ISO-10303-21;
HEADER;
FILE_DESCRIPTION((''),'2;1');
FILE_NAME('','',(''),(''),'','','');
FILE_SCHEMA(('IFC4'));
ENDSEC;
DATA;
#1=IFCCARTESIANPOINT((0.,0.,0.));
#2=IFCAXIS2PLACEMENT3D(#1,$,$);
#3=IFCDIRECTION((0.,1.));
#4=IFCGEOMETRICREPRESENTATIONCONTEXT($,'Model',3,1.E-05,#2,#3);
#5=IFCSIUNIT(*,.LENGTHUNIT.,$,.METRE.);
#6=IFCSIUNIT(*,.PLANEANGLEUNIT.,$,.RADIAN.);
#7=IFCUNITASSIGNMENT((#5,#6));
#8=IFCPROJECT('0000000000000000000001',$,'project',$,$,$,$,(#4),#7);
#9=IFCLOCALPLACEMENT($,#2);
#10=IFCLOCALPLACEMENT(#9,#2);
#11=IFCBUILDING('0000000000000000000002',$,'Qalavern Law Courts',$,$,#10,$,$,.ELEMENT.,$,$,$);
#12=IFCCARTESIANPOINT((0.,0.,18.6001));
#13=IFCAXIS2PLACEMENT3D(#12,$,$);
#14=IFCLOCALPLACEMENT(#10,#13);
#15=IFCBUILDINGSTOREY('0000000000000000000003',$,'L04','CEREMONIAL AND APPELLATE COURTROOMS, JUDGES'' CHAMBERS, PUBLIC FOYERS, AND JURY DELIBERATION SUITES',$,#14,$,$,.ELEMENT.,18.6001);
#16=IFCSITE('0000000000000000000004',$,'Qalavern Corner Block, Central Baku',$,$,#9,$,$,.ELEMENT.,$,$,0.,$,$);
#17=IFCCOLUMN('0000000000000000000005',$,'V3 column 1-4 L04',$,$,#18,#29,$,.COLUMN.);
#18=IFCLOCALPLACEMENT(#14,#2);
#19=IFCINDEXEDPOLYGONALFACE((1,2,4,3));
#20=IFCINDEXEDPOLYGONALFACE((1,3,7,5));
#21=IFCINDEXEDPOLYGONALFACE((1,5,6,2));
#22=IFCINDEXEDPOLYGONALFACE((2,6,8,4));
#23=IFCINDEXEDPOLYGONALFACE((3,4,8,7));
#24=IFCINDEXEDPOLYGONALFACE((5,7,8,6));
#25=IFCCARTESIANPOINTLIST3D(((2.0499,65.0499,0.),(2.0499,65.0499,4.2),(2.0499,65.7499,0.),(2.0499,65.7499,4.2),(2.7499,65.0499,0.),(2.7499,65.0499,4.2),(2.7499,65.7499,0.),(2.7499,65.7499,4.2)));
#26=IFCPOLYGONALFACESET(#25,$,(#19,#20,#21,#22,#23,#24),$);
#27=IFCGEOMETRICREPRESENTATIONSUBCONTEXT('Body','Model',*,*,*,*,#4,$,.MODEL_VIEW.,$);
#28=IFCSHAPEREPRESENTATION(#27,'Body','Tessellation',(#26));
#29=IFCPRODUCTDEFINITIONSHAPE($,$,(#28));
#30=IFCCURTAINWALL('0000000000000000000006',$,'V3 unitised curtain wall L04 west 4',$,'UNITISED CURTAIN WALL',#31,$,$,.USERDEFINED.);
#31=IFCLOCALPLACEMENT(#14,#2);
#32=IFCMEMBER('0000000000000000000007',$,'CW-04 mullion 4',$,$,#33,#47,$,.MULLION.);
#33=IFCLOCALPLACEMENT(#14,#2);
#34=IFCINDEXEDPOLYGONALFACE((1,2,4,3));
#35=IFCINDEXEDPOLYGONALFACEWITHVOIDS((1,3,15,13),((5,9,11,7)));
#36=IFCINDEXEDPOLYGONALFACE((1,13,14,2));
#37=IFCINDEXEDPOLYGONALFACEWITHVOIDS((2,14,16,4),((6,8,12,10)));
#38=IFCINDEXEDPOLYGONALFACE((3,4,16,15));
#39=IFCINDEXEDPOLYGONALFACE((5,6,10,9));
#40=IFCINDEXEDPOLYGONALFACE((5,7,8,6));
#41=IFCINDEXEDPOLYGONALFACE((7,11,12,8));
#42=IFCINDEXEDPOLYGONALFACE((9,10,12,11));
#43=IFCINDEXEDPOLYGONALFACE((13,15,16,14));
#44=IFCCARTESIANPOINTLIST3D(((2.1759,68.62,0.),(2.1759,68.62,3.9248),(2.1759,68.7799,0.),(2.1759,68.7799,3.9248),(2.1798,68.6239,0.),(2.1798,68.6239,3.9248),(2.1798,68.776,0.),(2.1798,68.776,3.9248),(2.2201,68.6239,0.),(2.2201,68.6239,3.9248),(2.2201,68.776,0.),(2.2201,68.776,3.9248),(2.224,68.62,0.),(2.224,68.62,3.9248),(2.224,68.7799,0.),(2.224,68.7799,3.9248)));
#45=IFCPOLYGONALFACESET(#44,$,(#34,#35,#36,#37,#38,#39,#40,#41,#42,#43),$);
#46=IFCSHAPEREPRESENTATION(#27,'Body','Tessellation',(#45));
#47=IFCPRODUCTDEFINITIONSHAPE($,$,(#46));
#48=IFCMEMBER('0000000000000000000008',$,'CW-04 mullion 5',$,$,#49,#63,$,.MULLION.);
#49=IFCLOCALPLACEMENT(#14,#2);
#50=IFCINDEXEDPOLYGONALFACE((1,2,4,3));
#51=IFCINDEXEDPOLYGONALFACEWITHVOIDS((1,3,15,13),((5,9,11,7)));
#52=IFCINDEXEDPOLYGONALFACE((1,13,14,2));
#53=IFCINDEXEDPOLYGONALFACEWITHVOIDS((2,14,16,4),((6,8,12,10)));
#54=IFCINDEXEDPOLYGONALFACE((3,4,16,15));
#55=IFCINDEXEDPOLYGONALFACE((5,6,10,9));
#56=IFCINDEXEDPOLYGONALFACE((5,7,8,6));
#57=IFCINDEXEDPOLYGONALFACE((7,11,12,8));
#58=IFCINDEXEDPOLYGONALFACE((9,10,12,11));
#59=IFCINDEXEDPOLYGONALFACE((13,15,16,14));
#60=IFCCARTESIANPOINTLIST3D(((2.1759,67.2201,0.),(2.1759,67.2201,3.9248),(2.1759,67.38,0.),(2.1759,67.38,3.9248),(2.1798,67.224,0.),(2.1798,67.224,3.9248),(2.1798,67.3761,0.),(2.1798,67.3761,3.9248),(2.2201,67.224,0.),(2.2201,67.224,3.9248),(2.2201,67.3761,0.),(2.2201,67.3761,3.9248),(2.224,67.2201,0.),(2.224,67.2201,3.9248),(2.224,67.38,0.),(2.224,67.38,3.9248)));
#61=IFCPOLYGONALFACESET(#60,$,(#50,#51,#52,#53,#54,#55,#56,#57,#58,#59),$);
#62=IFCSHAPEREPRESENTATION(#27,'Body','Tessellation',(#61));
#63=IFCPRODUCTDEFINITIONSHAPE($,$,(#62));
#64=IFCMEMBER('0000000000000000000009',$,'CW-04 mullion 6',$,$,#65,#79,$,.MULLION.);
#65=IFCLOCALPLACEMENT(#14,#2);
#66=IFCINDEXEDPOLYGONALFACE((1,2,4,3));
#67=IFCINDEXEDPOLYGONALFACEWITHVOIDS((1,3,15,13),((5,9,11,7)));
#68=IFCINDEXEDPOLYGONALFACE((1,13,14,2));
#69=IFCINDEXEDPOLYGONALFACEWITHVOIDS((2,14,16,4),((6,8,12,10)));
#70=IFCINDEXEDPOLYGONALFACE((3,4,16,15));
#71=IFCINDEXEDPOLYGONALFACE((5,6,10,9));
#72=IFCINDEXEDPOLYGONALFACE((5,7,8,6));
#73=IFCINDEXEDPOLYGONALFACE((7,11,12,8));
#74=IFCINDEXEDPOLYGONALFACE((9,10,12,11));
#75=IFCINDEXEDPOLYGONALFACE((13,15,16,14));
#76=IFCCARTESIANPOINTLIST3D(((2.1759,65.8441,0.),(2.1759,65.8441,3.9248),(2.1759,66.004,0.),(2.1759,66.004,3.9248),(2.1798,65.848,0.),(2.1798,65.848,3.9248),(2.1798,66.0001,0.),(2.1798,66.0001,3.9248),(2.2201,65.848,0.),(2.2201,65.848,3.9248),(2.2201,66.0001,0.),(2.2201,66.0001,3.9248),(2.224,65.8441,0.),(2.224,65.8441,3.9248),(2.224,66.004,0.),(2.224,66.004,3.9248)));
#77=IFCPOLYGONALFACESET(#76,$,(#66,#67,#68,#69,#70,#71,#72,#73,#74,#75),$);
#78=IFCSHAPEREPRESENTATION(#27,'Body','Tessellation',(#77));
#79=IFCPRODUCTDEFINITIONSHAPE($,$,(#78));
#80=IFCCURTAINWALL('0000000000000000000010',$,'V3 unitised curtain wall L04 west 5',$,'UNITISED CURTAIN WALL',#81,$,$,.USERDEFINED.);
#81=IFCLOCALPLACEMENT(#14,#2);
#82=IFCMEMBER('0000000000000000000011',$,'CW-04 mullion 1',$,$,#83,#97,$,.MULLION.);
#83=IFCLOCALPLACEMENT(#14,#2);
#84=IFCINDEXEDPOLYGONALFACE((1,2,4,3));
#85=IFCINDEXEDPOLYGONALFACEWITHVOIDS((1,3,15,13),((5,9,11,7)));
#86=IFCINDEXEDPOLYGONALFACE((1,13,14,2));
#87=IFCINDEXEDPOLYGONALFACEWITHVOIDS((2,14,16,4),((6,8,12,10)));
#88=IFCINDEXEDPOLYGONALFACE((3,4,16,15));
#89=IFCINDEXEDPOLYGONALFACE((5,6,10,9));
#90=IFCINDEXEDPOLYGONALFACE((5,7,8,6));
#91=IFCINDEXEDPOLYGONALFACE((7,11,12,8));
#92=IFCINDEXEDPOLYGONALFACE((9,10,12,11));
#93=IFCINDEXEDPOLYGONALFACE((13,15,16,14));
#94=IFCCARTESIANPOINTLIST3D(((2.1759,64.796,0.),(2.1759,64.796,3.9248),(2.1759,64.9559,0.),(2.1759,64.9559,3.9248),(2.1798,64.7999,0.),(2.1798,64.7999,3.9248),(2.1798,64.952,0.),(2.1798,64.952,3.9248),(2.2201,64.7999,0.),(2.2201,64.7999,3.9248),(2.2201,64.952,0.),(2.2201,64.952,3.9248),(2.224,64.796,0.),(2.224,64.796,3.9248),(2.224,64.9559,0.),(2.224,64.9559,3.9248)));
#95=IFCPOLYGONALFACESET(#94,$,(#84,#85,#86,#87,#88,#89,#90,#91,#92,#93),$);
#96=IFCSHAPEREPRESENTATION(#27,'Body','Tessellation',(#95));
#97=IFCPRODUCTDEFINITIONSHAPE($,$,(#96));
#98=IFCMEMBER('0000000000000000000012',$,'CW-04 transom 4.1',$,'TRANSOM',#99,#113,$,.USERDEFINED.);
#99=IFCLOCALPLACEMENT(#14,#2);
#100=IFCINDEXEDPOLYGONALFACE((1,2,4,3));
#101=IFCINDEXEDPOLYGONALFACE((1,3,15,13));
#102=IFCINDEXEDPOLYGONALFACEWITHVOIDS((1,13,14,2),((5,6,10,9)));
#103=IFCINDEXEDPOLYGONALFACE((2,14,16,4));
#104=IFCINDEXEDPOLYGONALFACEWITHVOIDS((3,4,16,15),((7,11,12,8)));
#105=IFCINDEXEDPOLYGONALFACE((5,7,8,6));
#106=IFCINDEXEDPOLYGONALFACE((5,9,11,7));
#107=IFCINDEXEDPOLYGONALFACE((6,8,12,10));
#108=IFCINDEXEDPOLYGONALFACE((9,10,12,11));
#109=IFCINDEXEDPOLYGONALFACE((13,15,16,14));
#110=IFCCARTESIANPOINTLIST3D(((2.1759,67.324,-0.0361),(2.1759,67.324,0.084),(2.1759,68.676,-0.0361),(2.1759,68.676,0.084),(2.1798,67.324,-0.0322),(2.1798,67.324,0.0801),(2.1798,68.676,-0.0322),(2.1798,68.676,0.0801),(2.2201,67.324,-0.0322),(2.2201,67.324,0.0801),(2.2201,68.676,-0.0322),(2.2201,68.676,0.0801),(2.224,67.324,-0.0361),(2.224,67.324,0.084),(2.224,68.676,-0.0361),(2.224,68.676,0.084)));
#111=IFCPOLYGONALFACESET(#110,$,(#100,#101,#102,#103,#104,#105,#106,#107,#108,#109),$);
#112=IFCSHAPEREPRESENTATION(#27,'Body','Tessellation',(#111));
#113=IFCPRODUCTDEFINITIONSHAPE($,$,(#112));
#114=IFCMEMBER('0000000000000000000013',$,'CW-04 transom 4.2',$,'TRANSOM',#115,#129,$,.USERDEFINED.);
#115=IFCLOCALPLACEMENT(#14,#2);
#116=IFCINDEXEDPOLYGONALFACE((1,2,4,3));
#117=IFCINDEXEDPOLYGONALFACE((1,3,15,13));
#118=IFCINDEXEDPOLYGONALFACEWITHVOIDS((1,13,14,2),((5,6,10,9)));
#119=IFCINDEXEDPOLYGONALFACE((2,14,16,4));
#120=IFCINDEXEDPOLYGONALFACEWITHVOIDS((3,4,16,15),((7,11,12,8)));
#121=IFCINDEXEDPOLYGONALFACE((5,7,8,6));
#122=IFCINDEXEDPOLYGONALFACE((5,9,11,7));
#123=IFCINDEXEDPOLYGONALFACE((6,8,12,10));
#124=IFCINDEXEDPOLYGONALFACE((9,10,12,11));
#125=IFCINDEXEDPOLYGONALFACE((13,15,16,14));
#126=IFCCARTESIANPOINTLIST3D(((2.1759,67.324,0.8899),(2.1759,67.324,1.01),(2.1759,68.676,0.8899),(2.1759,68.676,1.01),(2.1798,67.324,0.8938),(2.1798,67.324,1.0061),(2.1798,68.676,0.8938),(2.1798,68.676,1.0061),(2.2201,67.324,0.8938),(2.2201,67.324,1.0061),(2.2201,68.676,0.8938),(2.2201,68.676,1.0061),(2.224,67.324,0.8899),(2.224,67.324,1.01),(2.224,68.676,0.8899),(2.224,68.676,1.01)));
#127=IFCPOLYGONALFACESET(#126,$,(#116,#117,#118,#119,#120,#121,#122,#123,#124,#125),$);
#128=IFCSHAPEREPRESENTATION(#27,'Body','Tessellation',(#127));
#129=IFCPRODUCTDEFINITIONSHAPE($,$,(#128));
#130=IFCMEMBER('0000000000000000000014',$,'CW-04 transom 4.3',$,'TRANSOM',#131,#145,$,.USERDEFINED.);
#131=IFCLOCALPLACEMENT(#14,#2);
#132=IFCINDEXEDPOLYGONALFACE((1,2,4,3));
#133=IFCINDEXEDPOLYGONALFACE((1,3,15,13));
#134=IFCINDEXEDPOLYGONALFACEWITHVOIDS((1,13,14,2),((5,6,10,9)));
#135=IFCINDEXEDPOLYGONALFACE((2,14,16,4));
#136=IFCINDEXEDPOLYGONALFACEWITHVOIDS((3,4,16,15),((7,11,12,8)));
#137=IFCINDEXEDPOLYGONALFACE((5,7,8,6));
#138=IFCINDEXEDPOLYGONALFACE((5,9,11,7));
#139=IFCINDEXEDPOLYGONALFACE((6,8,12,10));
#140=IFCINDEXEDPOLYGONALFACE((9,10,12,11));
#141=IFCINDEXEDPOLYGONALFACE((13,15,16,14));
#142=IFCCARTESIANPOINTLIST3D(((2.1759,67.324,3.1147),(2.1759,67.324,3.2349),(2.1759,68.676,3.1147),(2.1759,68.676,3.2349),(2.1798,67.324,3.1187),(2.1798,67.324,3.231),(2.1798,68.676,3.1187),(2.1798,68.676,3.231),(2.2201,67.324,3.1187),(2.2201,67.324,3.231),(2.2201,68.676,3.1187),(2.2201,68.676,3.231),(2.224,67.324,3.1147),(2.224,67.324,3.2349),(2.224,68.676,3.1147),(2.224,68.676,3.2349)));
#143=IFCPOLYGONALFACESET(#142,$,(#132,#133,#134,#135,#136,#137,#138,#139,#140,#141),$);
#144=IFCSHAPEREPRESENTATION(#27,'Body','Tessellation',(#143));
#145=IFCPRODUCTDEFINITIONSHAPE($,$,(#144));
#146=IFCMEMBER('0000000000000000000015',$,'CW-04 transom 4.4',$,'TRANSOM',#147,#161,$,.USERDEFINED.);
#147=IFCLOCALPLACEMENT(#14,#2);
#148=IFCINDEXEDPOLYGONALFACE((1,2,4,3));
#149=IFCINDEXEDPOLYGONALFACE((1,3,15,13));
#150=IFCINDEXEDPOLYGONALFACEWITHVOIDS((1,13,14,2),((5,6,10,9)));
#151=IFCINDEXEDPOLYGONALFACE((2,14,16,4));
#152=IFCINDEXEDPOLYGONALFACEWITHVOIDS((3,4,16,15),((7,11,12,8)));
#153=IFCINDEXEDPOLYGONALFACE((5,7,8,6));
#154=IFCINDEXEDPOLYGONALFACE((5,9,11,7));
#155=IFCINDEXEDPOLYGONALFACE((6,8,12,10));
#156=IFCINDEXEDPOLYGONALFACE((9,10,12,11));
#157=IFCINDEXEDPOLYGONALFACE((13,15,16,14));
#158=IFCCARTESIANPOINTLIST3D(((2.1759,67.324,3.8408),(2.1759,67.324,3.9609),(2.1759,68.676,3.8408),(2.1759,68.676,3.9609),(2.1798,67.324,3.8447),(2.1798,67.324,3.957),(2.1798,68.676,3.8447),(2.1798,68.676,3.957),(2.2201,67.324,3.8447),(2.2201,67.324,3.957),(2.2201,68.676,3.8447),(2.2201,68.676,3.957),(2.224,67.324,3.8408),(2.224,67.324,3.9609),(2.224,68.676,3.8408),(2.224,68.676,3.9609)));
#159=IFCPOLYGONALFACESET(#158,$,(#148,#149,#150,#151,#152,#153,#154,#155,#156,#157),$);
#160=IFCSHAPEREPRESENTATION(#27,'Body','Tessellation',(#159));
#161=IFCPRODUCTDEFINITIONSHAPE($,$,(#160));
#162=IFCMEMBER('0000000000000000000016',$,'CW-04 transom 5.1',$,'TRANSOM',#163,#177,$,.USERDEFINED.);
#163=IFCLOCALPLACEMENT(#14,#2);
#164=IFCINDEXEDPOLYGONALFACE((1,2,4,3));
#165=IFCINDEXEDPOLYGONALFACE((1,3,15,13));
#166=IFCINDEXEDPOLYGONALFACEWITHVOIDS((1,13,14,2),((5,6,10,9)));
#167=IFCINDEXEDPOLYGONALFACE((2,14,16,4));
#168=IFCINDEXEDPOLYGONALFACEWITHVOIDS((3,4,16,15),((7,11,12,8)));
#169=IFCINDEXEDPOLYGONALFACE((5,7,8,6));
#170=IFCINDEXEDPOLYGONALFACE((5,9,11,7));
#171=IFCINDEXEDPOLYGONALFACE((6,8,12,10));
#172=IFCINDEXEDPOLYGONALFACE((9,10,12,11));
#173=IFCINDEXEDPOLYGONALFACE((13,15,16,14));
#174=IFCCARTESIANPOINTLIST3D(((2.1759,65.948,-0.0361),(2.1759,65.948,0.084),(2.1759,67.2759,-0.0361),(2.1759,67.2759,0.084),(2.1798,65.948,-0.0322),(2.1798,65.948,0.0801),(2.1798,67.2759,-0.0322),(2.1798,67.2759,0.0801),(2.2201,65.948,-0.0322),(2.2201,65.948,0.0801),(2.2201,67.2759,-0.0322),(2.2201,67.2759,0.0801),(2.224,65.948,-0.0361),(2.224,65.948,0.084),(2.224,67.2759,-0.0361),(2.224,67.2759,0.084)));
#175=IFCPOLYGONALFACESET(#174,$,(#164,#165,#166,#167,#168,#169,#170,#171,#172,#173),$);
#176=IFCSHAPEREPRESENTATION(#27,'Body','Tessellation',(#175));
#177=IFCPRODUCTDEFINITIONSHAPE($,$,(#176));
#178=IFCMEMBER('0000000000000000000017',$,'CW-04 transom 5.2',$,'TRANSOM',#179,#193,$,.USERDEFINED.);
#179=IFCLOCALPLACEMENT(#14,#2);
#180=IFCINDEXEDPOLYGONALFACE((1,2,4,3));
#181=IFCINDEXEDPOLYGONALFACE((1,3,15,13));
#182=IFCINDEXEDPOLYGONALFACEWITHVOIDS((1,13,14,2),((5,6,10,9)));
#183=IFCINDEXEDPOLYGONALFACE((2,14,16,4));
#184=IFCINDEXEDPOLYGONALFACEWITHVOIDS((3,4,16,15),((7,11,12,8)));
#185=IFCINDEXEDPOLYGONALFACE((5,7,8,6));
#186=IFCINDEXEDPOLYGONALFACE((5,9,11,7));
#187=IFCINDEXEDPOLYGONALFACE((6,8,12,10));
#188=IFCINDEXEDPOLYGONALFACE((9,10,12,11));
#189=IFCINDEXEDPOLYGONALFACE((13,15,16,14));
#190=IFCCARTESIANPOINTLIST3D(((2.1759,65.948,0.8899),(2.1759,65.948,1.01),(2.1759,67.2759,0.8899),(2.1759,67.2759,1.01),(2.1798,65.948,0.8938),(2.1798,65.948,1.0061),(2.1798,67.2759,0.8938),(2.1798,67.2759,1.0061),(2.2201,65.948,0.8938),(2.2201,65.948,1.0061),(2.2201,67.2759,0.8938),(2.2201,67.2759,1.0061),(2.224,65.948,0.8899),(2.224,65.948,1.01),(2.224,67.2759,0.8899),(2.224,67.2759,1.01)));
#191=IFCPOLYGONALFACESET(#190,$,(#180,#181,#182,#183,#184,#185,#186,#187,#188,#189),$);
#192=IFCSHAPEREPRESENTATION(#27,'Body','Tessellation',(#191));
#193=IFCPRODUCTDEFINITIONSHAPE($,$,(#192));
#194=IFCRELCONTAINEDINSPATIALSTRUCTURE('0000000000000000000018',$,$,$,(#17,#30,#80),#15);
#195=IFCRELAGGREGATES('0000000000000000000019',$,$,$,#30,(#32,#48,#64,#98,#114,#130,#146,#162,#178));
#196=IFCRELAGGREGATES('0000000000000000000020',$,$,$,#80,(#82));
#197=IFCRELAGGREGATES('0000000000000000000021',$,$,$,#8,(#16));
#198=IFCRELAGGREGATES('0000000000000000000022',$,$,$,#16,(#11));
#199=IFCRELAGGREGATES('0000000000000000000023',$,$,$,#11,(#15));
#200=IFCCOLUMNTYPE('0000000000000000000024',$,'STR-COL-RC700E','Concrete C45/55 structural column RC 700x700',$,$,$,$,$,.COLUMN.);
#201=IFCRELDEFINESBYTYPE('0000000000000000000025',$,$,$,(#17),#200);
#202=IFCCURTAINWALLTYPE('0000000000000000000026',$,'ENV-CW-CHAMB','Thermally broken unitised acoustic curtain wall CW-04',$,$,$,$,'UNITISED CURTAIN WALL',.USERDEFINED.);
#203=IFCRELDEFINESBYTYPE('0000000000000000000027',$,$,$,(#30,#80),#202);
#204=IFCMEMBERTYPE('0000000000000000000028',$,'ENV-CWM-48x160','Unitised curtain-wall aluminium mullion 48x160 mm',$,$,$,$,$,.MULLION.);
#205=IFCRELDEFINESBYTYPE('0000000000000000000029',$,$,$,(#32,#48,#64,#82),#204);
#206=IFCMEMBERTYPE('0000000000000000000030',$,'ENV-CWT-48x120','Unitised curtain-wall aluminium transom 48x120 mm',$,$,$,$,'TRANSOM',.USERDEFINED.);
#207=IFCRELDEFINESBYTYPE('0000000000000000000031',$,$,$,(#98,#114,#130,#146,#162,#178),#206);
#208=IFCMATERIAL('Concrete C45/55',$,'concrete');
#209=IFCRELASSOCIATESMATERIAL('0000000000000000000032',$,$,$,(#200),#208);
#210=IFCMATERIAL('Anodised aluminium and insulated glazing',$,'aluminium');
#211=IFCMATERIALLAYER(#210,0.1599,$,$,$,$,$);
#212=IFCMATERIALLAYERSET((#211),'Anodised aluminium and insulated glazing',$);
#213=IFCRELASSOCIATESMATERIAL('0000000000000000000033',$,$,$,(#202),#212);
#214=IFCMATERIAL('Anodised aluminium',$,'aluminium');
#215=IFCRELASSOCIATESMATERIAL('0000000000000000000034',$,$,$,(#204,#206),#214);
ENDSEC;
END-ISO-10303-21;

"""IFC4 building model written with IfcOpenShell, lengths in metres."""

from ifc_helpers import new_model, si_unit, direction, frame, origin, origin_2d, place, context, subcontext, project, spatial, rectangle, hollow_rectangle, extrude, material, layer, layer_set, material_profile, profile_set, type_object, element, aggregate, save


model = new_model("IFC4")

# Units and contexts
model_context = context("Model", 3, precision=1e-05, world=origin(), true_north=direction((0.0, 1.0)))
body_context = subcontext(model_context, "Body", "Model", "MODEL_VIEW")
ifc_project = project(units=[si_unit("LENGTHUNIT", "METRE"), si_unit("PLANEANGLEUNIT", "RADIAN")], contexts=[model_context])

# Site, building, storey
site_placement = place(None, origin())
site = spatial("IfcSite", under=ifc_project, at=site_placement, Name="Qalavern Corner Block, Central Baku", CompositionType="ELEMENT", RefElevation=0.0)
building_placement = place(site_placement, origin())
building = spatial("IfcBuilding", under=site, at=building_placement, Name="Qalavern Law Courts", CompositionType="ELEMENT")
storey_placement = place(building_placement, frame((0.0, 0.0, 18.6001)))
storey = spatial("IfcBuildingStorey", under=building, at=storey_placement, Name="L04", Description="CEREMONIAL AND APPELLATE COURTROOMS, JUDGES' CHAMBERS, PUBLIC FOYERS, AND JURY DELIBERATION SUITES", CompositionType="ELEMENT", Elevation=18.6001)

# Column
ifc_material_1 = material(Name="Concrete C45/55", Category="concrete")
ifc_material_profile_1 = material_profile(ifc_material_1, rectangle(XDim=0.7, YDim=0.7, at=origin_2d()), Name="RC 700x700")
ifc_profile_set_1 = profile_set([ifc_material_profile_1], Name="Concrete C45/55")
column_type = type_object("IfcColumnType", Name="STR-COL-RC700E", Description="Concrete C45/55 structural column RC 700x700", PredefinedType="COLUMN", material=ifc_profile_set_1)
column_placement = place(storey_placement, frame((2.3999, 65.3999, 0.0), z_axis=(0.0, 0.0, 1.0), x_axis=(1.0, 0.0, 0.0)))
element("IfcColumn", 1, at=column_placement, inside=storey, type_object=column_type, Name="V3 column 1-4 L04", PredefinedType="COLUMN", context=body_context, shape_type="SweptSolid", body=[
    extrude(rectangle(XDim=0.7, YDim=0.7, at=origin_2d()), origin(), (0.0, 0.0, 1.0), 4.2),
])

# Curtain wall, members
ifc_material_2 = material(Name="Anodised aluminium and insulated glazing", Category="aluminium")
ifc_layer_1 = layer(ifc_material_2, 0.1599)
ifc_layer_set_1 = layer_set([ifc_layer_1], Name="Anodised aluminium and insulated glazing")
curtain_wall_type = type_object("IfcCurtainWallType", Name="ENV-CW-CHAMB", Description="Thermally broken unitised acoustic curtain wall CW-04", ElementType="UNITISED CURTAIN WALL", PredefinedType="USERDEFINED", material=ifc_layer_set_1)
curtain_wall_1_placement = place(storey_placement, origin())
curtain_wall_1 = element("IfcCurtainWall", 2, at=curtain_wall_1_placement, inside=storey, type_object=curtain_wall_type, Name="V3 unitised curtain wall L04 west 4", ObjectType="UNITISED CURTAIN WALL", PredefinedType="USERDEFINED")
ifc_material_3 = material(Name="Anodised aluminium", Category="aluminium")
ifc_material_profile_2 = material_profile(ifc_material_3, hollow_rectangle(XDim=0.0481, YDim=0.1599, WallThickness=0.0039, at=origin_2d()), Name="ALU MULLION 48x160")
ifc_profile_set_2 = profile_set([ifc_material_profile_2], Name="Anodised aluminium")
member_type_1 = type_object("IfcMemberType", Name="ENV-CWM-48x160", Description="Unitised curtain-wall aluminium mullion 48x160 mm", PredefinedType="MULLION", material=ifc_profile_set_2)
member_1_placement = place(storey_placement, frame((2.2, 68.7, 0.0), z_axis=(0.0, 0.0, 1.0), x_axis=(1.0, 0.0, 0.0)))
member_1 = element("IfcMember", 3, at=member_1_placement, type_object=member_type_1, Name="CW-04 mullion 4", PredefinedType="MULLION", context=body_context, shape_type="SweptSolid", body=[
    extrude(hollow_rectangle(XDim=0.0481, YDim=0.1599, WallThickness=0.0039, at=origin_2d()), origin(), (0.0, 0.0, 1.0), 3.9248),
])
member_2_placement = place(storey_placement, frame((2.2, 67.3, 0.0), z_axis=(0.0, 0.0, 1.0), x_axis=(1.0, 0.0, 0.0)))
member_2 = element("IfcMember", 4, at=member_2_placement, type_object=member_type_1, Name="CW-04 mullion 5", PredefinedType="MULLION", context=body_context, shape_type="SweptSolid", body=[
    extrude(hollow_rectangle(XDim=0.0481, YDim=0.1599, WallThickness=0.0039, at=origin_2d()), origin(), (0.0, 0.0, 1.0), 3.9248),
])
member_3_placement = place(storey_placement, frame((2.2, 65.9241, 0.0), z_axis=(0.0, 0.0, 1.0), x_axis=(1.0, 0.0, 0.0)))
member_3 = element("IfcMember", 5, at=member_3_placement, type_object=member_type_1, Name="CW-04 mullion 6", PredefinedType="MULLION", context=body_context, shape_type="SweptSolid", body=[
    extrude(hollow_rectangle(XDim=0.0481, YDim=0.1599, WallThickness=0.0039, at=origin_2d()), origin(), (0.0, 0.0, 1.0), 3.9248),
])

# Curtain wall, member
curtain_wall_2_placement = place(storey_placement, origin())
curtain_wall_2 = element("IfcCurtainWall", 6, at=curtain_wall_2_placement, inside=storey, type_object=curtain_wall_type, Name="V3 unitised curtain wall L04 west 5", ObjectType="UNITISED CURTAIN WALL", PredefinedType="USERDEFINED")
member_4_placement = place(storey_placement, frame((2.2, 64.876, 0.0), z_axis=(0.0, 0.0, 1.0), x_axis=(1.0, 0.0, 0.0)))
member_4 = element("IfcMember", 7, at=member_4_placement, type_object=member_type_1, Name="CW-04 mullion 1", PredefinedType="MULLION", context=body_context, shape_type="SweptSolid", body=[
    extrude(hollow_rectangle(XDim=0.0481, YDim=0.1599, WallThickness=0.0039, at=origin_2d()), origin(), (0.0, 0.0, 1.0), 3.9248),
])

# Members
ifc_material_profile_3 = material_profile(ifc_material_3, hollow_rectangle(XDim=0.0481, YDim=0.1201, WallThickness=0.0039, at=origin_2d()), Name="ALU TRANSOM 48x120")
ifc_profile_set_3 = profile_set([ifc_material_profile_3], Name="Anodised aluminium")
member_type_2 = type_object("IfcMemberType", Name="ENV-CWT-48x120", Description="Unitised curtain-wall aluminium transom 48x120 mm", ElementType="TRANSOM", PredefinedType="USERDEFINED", material=ifc_profile_set_3)
member_5_placement = place(storey_placement, frame((2.2, 68.676, 0.0239), z_axis=(0.0, -1.0, 0.0), x_axis=(1.0, 0.0, 0.0)))
member_5 = element("IfcMember", 8, at=member_5_placement, type_object=member_type_2, Name="CW-04 transom 4.1", ObjectType="TRANSOM", PredefinedType="USERDEFINED", context=body_context, shape_type="SweptSolid", body=[
    extrude(hollow_rectangle(XDim=0.0481, YDim=0.1201, WallThickness=0.0039, at=origin_2d()), origin(), (0.0, 0.0, 1.0), 1.3521),
])
member_6_placement = place(storey_placement, frame((2.2, 68.676, 0.95), z_axis=(0.0, -1.0, 0.0), x_axis=(1.0, 0.0, 0.0)))
member_6 = element("IfcMember", 9, at=member_6_placement, type_object=member_type_2, Name="CW-04 transom 4.2", ObjectType="TRANSOM", PredefinedType="USERDEFINED", context=body_context, shape_type="SweptSolid", body=[
    extrude(hollow_rectangle(XDim=0.0481, YDim=0.1201, WallThickness=0.0039, at=origin_2d()), origin(), (0.0, 0.0, 1.0), 1.3521),
])
member_7_placement = place(storey_placement, frame((2.2, 68.676, 3.1748), z_axis=(0.0, -1.0, 0.0), x_axis=(1.0, 0.0, 0.0)))
member_7 = element("IfcMember", 10, at=member_7_placement, type_object=member_type_2, Name="CW-04 transom 4.3", ObjectType="TRANSOM", PredefinedType="USERDEFINED", context=body_context, shape_type="SweptSolid", body=[
    extrude(hollow_rectangle(XDim=0.0481, YDim=0.1201, WallThickness=0.0039, at=origin_2d()), origin(), (0.0, 0.0, 1.0), 1.3521),
])
member_8_placement = place(storey_placement, frame((2.2, 68.676, 3.9009), z_axis=(0.0, -1.0, 0.0), x_axis=(1.0, 0.0, 0.0)))
member_8 = element("IfcMember", 11, at=member_8_placement, type_object=member_type_2, Name="CW-04 transom 4.4", ObjectType="TRANSOM", PredefinedType="USERDEFINED", context=body_context, shape_type="SweptSolid", body=[
    extrude(hollow_rectangle(XDim=0.0481, YDim=0.1201, WallThickness=0.0039, at=origin_2d()), origin(), (0.0, 0.0, 1.0), 1.3521),
])
member_9_placement = place(storey_placement, frame((2.2, 67.2759, 0.0239), z_axis=(0.0, -1.0, 0.0), x_axis=(1.0, 0.0, 0.0)))
member_9 = element("IfcMember", 12, at=member_9_placement, type_object=member_type_2, Name="CW-04 transom 5.1", ObjectType="TRANSOM", PredefinedType="USERDEFINED", context=body_context, shape_type="SweptSolid", body=[
    extrude(hollow_rectangle(XDim=0.0481, YDim=0.1201, WallThickness=0.0039, at=origin_2d()), origin(), (0.0, 0.0, 1.0), 1.3279),
])
member_10_placement = place(storey_placement, frame((2.2, 67.2759, 0.95), z_axis=(0.0, -1.0, 0.0), x_axis=(1.0, 0.0, 0.0)))
member_10 = element("IfcMember", 13, at=member_10_placement, type_object=member_type_2, Name="CW-04 transom 5.2", ObjectType="TRANSOM", PredefinedType="USERDEFINED", context=body_context, shape_type="SweptSolid", body=[
    extrude(hollow_rectangle(XDim=0.0481, YDim=0.1201, WallThickness=0.0039, at=origin_2d()), origin(), (0.0, 0.0, 1.0), 1.3279),
])

aggregate(curtain_wall_1, [member_1, member_2, member_3, member_5, member_6, member_7, member_8, member_9, member_10])
aggregate(curtain_wall_2, [member_4])

save(model, "model.ifc")
